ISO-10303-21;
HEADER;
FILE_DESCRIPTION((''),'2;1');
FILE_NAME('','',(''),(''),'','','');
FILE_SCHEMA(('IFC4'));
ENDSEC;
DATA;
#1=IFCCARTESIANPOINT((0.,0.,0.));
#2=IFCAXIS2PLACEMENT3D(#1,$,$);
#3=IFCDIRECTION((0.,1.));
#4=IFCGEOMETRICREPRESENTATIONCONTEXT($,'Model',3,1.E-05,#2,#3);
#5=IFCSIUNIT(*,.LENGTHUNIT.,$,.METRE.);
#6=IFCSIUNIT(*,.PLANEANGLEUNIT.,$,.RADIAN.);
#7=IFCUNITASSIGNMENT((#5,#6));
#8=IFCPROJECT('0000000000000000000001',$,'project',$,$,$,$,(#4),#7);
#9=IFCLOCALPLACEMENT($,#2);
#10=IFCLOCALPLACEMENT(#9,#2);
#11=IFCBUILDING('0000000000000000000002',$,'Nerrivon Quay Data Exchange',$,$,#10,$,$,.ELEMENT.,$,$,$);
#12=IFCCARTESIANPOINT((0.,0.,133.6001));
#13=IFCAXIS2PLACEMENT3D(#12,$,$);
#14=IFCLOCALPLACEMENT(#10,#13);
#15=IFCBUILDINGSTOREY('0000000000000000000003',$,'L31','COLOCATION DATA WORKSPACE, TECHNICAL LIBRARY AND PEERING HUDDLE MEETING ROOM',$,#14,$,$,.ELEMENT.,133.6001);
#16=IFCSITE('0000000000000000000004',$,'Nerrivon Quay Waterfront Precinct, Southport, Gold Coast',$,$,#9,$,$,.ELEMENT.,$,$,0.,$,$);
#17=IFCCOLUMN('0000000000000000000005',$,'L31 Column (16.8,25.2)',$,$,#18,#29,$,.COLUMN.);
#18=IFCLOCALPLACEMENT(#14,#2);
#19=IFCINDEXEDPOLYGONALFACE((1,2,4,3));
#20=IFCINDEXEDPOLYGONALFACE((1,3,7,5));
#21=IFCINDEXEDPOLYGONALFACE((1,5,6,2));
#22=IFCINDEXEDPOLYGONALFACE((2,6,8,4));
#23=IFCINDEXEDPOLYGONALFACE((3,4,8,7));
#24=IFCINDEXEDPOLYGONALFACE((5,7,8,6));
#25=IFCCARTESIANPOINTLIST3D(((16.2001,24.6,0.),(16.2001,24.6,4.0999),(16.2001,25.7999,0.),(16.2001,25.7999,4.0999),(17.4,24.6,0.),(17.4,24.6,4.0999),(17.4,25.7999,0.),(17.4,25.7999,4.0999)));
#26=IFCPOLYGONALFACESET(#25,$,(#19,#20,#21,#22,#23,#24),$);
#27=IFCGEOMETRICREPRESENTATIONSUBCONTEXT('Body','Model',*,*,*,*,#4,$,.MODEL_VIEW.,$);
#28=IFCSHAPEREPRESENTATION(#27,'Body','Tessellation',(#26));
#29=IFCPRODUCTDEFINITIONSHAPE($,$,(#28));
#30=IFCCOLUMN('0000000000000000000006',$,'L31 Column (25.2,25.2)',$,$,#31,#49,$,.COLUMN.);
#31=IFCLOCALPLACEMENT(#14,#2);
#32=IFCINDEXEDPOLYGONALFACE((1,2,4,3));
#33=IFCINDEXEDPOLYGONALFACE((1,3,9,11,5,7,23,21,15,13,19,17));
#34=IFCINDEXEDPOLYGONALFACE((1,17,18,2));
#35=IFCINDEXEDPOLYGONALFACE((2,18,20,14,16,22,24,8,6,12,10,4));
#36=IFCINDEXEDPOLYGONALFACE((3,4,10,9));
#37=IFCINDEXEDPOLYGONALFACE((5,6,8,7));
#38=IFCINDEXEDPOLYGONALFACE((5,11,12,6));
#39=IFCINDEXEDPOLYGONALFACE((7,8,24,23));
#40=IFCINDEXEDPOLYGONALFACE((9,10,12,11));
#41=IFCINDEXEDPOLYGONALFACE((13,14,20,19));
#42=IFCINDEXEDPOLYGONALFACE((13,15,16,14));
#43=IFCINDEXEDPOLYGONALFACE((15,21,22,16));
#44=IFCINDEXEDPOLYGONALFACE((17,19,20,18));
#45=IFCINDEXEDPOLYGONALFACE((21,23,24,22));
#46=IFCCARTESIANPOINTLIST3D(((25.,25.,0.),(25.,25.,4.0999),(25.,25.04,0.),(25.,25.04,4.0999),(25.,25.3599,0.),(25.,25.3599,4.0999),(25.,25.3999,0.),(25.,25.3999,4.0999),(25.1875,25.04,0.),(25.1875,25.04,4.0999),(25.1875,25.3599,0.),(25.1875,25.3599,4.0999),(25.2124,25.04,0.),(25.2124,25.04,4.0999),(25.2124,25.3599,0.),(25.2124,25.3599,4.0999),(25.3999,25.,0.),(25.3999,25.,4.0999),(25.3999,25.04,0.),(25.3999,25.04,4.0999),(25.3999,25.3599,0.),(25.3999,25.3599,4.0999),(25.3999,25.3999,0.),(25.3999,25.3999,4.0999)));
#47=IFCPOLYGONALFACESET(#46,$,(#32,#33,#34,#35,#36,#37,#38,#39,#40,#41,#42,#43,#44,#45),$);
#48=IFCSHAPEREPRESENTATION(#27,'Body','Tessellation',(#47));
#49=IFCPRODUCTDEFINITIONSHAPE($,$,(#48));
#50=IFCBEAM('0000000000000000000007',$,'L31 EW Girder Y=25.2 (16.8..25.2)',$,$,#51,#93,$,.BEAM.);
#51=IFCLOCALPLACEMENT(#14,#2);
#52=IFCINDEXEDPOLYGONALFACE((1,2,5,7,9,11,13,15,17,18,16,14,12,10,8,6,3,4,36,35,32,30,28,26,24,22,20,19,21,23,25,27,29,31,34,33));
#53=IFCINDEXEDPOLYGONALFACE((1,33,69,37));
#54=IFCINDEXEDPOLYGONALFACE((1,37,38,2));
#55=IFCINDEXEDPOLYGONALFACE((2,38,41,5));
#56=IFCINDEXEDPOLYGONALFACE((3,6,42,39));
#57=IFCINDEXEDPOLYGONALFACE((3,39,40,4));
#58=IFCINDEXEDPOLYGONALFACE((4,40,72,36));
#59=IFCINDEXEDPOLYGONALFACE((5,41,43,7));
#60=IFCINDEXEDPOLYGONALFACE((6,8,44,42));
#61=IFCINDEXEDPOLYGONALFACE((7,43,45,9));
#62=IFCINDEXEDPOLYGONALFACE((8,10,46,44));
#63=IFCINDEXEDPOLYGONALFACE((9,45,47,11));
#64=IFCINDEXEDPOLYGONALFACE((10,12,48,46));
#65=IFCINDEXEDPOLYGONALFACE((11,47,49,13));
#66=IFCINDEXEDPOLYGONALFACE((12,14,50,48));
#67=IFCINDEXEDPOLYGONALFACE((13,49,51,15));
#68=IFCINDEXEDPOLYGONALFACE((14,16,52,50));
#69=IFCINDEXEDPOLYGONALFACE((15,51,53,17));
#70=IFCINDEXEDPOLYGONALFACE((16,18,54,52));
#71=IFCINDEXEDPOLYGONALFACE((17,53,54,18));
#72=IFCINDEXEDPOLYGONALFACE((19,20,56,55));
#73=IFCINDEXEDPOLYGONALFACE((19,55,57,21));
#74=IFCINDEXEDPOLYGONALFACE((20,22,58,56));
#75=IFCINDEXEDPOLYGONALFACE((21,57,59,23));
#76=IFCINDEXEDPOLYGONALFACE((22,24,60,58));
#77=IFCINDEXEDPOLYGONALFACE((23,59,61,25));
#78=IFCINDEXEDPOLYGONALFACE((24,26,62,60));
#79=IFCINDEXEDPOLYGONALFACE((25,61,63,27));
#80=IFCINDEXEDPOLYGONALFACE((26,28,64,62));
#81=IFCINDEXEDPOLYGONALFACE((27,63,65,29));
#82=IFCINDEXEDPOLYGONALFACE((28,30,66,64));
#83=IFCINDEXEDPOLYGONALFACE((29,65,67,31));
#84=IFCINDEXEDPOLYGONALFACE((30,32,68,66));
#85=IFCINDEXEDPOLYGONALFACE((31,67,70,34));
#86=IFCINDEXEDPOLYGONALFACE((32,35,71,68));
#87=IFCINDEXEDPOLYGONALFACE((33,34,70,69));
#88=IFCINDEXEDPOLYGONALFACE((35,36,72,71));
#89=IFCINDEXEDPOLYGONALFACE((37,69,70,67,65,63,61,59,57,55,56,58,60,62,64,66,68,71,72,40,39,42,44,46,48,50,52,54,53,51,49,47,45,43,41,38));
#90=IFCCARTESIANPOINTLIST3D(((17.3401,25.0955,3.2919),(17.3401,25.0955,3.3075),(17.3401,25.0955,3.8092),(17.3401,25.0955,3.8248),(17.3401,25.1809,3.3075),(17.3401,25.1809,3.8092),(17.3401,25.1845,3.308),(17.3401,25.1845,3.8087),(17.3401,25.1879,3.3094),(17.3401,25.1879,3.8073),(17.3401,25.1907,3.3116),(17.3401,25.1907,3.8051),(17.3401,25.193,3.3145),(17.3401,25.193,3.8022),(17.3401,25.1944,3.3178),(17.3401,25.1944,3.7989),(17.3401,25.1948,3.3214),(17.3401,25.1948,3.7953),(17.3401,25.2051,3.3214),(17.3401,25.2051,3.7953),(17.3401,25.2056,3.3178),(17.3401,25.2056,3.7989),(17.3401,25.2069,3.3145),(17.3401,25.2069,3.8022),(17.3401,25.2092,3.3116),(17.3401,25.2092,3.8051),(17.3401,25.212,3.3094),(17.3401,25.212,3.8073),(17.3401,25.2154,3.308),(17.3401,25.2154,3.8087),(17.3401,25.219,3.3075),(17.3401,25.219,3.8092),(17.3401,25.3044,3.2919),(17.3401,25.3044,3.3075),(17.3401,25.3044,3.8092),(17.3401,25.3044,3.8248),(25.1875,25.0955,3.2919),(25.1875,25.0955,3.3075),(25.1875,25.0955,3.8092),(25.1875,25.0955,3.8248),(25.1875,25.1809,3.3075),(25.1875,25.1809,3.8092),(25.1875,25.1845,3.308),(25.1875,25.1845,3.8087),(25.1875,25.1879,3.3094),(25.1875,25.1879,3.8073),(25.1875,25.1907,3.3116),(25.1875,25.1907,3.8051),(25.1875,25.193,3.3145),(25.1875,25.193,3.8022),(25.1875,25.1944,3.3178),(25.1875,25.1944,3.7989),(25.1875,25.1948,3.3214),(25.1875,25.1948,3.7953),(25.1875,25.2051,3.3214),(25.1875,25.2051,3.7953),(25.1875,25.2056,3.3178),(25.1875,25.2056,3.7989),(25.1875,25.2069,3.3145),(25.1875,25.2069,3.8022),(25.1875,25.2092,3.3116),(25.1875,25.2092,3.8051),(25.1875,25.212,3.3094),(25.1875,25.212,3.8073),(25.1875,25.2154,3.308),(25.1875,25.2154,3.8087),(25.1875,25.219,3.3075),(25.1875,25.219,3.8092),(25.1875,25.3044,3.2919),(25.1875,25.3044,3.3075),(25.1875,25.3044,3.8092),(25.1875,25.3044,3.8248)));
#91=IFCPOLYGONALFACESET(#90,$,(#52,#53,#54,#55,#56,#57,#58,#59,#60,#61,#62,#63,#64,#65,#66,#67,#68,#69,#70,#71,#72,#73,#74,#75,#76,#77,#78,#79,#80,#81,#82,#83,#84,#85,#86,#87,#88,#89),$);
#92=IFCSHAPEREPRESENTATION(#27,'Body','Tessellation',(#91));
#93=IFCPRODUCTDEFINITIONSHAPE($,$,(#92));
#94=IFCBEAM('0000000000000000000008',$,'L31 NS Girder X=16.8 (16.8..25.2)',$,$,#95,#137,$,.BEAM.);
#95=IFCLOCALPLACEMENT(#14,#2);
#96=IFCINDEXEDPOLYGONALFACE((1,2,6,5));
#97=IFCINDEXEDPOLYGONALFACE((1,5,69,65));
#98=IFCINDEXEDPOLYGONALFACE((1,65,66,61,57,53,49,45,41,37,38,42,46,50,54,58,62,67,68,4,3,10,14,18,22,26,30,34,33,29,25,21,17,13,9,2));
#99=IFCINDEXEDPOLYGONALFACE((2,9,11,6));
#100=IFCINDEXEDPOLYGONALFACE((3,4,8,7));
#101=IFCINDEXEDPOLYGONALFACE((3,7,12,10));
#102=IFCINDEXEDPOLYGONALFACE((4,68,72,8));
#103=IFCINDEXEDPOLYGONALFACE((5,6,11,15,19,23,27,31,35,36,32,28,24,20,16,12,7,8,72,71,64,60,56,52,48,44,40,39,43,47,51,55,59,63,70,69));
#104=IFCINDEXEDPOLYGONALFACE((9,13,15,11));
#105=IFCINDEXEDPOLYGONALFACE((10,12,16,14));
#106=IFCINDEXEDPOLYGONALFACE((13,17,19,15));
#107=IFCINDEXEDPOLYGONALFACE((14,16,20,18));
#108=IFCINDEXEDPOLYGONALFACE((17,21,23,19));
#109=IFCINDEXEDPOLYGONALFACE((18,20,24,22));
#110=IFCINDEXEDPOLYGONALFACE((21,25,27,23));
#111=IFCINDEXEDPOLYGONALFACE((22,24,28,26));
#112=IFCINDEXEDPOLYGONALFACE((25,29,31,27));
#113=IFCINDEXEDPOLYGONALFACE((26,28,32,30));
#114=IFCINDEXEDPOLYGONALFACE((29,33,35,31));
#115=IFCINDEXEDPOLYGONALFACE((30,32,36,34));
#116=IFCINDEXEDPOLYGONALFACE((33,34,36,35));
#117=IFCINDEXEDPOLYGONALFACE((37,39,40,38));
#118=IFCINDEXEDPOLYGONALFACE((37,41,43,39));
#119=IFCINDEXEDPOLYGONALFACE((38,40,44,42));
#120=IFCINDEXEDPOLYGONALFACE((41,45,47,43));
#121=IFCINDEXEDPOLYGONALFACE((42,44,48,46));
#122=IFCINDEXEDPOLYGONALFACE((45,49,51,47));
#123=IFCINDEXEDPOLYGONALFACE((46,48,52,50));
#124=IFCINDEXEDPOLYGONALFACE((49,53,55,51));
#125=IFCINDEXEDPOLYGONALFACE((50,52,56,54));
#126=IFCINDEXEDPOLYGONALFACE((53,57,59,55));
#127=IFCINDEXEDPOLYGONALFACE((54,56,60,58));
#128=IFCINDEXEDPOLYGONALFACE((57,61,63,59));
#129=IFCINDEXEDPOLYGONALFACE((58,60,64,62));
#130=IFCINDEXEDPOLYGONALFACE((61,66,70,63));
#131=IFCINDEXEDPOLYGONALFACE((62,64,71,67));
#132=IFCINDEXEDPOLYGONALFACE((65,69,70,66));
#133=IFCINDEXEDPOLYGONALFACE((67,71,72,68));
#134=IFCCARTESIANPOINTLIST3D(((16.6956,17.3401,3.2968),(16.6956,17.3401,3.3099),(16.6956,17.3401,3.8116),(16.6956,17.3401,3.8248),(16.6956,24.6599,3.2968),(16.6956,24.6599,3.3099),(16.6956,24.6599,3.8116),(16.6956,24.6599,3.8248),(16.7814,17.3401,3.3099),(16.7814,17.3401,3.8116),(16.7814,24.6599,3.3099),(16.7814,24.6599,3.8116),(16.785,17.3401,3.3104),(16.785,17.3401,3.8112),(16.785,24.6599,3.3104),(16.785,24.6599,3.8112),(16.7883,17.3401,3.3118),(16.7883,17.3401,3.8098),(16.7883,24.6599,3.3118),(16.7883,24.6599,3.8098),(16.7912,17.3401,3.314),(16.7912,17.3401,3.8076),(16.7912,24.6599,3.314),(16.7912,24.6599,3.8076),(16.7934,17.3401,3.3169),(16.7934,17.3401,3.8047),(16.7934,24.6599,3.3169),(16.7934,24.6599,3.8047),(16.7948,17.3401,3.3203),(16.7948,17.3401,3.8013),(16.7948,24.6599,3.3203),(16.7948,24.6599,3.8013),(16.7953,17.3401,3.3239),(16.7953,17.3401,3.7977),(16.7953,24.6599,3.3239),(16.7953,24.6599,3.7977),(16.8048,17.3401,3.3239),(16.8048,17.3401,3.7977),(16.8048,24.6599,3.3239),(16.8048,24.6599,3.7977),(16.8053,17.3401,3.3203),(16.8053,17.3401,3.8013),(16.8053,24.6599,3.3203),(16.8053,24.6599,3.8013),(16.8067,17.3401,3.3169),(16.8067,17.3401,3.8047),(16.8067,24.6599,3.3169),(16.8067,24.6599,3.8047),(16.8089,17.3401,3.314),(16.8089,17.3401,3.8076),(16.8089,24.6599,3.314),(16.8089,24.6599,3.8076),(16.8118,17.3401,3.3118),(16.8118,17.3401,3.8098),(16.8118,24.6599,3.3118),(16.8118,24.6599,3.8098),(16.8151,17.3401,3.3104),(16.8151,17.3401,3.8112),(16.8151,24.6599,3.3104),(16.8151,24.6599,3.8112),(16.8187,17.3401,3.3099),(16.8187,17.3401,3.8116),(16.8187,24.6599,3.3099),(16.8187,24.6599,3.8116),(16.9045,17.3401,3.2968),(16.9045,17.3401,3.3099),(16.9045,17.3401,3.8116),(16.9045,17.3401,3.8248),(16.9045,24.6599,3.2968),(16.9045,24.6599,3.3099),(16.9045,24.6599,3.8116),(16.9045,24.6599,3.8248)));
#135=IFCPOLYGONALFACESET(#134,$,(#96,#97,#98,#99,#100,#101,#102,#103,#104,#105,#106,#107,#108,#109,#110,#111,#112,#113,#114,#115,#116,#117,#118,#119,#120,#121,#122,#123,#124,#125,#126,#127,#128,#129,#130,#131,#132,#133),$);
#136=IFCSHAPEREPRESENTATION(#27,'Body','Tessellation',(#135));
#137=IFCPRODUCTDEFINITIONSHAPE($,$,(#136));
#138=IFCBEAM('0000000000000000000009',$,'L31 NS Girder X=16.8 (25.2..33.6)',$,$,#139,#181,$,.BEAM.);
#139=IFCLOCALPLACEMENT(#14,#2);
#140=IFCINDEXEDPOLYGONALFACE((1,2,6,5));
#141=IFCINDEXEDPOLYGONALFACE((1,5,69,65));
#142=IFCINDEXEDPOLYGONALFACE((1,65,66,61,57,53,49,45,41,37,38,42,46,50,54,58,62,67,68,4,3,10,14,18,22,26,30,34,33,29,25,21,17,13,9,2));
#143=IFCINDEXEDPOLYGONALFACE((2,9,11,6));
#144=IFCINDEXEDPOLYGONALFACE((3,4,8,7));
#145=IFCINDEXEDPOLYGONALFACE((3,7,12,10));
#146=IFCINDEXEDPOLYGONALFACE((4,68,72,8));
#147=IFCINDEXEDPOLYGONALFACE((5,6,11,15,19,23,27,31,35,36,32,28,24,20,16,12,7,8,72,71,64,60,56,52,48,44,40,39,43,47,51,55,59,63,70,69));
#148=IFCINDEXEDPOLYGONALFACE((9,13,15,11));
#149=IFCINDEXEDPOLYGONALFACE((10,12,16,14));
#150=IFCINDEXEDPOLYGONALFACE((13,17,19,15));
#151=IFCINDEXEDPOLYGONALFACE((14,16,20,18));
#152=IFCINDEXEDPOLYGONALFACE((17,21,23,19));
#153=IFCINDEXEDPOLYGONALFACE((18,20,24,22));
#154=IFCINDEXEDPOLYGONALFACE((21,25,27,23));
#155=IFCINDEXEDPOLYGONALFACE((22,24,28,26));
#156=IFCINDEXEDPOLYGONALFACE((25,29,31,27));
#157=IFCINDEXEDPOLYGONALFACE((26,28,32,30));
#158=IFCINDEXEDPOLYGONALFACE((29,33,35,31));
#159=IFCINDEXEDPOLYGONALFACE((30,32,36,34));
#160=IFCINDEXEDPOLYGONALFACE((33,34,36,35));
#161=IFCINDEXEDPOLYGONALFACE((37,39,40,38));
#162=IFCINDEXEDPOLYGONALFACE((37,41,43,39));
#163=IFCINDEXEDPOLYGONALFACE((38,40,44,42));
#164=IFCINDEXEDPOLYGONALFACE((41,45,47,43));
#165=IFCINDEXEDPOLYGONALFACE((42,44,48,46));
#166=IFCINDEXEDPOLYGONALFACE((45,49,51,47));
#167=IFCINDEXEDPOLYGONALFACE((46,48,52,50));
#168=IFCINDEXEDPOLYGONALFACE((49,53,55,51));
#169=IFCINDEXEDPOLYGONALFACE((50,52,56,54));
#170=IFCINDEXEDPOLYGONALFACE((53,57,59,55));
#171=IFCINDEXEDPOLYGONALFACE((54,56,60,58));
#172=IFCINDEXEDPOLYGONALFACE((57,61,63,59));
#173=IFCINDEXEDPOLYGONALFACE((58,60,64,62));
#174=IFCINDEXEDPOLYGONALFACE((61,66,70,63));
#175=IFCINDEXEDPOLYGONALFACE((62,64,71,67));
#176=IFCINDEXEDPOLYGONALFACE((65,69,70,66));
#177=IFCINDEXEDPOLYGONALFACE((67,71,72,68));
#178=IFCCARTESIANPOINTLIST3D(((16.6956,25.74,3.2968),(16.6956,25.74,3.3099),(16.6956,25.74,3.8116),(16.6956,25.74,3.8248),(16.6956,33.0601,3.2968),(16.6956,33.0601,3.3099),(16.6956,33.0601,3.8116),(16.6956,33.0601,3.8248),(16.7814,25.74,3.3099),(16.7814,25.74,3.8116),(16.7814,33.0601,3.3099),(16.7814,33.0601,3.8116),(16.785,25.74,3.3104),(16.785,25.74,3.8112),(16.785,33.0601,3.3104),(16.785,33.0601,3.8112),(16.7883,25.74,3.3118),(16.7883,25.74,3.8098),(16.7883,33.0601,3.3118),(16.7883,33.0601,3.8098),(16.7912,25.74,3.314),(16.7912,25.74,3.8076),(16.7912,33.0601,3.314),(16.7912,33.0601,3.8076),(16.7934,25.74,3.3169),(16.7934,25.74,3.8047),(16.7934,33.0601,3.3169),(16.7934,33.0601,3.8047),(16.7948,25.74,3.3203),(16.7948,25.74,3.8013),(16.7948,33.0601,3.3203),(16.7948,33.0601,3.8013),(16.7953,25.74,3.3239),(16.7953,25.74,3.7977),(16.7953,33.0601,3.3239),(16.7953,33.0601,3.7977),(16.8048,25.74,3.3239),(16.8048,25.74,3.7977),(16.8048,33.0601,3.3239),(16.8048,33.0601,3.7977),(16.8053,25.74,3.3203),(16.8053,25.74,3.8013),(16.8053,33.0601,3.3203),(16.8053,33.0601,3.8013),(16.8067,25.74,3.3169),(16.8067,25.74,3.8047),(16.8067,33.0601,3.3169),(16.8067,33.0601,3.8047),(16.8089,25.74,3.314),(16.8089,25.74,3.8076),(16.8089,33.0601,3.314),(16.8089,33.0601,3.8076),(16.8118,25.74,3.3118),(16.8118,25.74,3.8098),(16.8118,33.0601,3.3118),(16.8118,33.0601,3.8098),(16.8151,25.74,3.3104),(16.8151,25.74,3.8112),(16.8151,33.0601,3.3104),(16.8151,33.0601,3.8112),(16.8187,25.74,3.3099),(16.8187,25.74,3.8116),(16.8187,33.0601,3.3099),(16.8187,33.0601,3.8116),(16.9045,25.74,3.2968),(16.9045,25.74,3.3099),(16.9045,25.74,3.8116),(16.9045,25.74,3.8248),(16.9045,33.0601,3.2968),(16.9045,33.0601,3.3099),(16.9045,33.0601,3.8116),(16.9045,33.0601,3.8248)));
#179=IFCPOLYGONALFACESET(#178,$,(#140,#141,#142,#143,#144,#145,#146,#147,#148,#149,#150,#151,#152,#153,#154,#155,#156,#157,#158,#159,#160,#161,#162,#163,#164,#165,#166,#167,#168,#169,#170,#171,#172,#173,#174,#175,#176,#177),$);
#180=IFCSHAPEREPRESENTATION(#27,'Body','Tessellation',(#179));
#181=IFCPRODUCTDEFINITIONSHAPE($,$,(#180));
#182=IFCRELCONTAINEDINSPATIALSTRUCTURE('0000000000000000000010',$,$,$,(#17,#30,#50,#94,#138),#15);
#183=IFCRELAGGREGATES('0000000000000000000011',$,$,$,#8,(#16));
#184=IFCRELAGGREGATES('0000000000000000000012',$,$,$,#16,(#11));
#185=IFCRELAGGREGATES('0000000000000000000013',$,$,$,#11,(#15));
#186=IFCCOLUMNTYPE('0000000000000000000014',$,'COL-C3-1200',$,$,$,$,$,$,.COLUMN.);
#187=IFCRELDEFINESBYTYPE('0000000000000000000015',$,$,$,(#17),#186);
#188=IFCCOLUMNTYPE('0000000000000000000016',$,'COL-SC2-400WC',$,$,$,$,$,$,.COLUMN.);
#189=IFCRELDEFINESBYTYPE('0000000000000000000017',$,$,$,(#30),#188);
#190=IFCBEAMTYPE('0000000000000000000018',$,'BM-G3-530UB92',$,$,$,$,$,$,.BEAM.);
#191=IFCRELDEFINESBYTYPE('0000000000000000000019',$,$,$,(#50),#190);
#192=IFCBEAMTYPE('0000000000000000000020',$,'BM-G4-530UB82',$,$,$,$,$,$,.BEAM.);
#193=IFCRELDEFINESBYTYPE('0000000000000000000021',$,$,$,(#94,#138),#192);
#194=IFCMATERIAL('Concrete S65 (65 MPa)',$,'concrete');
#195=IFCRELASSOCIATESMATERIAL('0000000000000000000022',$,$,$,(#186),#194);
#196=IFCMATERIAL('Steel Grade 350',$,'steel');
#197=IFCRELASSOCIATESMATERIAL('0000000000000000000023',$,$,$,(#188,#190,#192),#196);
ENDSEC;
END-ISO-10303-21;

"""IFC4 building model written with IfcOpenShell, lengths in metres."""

from ifc_helpers import new_model, si_unit, direction, frame, origin, origin_2d, place, context, subcontext, project, spatial, rectangle, i_section, extrude, material, material_profile, profile_set, type_object, element, save


model = new_model("IFC4")

# Units and contexts
model_context = context("Model", 3, precision=1e-05, world=origin(), true_north=direction((0.0, 1.0)))
body_context = subcontext(model_context, "Body", "Model", "MODEL_VIEW")
ifc_project = project(units=[si_unit("LENGTHUNIT", "METRE"), si_unit("PLANEANGLEUNIT", "RADIAN")], contexts=[model_context])

# Site, building, storey
site_placement = place(None, origin())
site = spatial("IfcSite", under=ifc_project, at=site_placement, Name="Nerrivon Quay Waterfront Precinct, Southport, Gold Coast", CompositionType="ELEMENT", RefElevation=0.0)
building_placement = place(site_placement, origin())
building = spatial("IfcBuilding", under=site, at=building_placement, Name="Nerrivon Quay Data Exchange", CompositionType="ELEMENT")
storey_placement = place(building_placement, frame((0.0, 0.0, 133.6001)))
storey = spatial("IfcBuildingStorey", under=building, at=storey_placement, Name="L31", Description="COLOCATION DATA WORKSPACE, TECHNICAL LIBRARY AND PEERING HUDDLE MEETING ROOM", CompositionType="ELEMENT", Elevation=133.6001)

# Columns
ifc_material_1 = material(Name="Concrete S65 (65 MPa)", Category="concrete")
ifc_material_profile_1 = material_profile(ifc_material_1, rectangle(XDim=1.2, YDim=1.2, at=origin_2d()), Name="RC-COL-1200x1200")
ifc_profile_set_1 = profile_set([ifc_material_profile_1], Name="Concrete S65 (65 MPa)")
column_type_1 = type_object("IfcColumnType", Name="COL-C3-1200", PredefinedType="COLUMN", material=ifc_profile_set_1)
column_1_placement = place(storey_placement, frame((16.8, 25.2, 0.0), z_axis=(0.0, 0.0, 1.0), x_axis=(1.0, 0.0, 0.0)))
element("IfcColumn", 1, at=column_1_placement, inside=storey, type_object=column_type_1, Name="L31 Column (16.8,25.2)", PredefinedType="COLUMN", context=body_context, shape_type="SweptSolid", body=[
    extrude(rectangle(XDim=1.2, YDim=1.2, at=origin_2d()), origin(), (0.0, 0.0, 1.0), 4.0999),
])
ifc_material_2 = material(Name="Steel Grade 350", Category="steel")
ifc_material_profile_2 = material_profile(ifc_material_2, i_section(OverallWidth=0.3999, OverallDepth=0.3999, WebThickness=0.0249, FlangeThickness=0.04, at=origin_2d()), Name="400WC328")
ifc_profile_set_2 = profile_set([ifc_material_profile_2], Name="Steel Grade 350")
column_type_2 = type_object("IfcColumnType", Name="COL-SC2-400WC", PredefinedType="COLUMN", material=ifc_profile_set_2)
column_2_placement = place(storey_placement, frame((25.2, 25.2, 0.0), z_axis=(0.0, 0.0, 1.0), x_axis=(1.0, 0.0, 0.0)))
element("IfcColumn", 2, at=column_2_placement, inside=storey, type_object=column_type_2, Name="L31 Column (25.2,25.2)", PredefinedType="COLUMN", context=body_context, shape_type="SweptSolid", body=[
    extrude(i_section(OverallWidth=0.3999, OverallDepth=0.3999, WebThickness=0.0249, FlangeThickness=0.04, at=origin_2d()), origin(), (0.0, 0.0, 1.0), 4.0999),
])

# Beams
ifc_material_profile_3 = material_profile(ifc_material_2, i_section(OverallWidth=0.209, OverallDepth=0.533, WebThickness=0.0103, FlangeThickness=0.0156, FilletRadius=0.0139, at=origin_2d()), Name="530UB92.4")
ifc_profile_set_3 = profile_set([ifc_material_profile_3], Name="Steel Grade 350")
beam_type_1 = type_object("IfcBeamType", Name="BM-G3-530UB92", PredefinedType="BEAM", material=ifc_profile_set_3)
beam_1_placement = place(storey_placement, frame((17.3401, 25.2, 3.5583), z_axis=(1.0, 0.0, 0.0), x_axis=(0.0, 1.0, 0.0)))
element("IfcBeam", 3, at=beam_1_placement, inside=storey, type_object=beam_type_1, Name="L31 EW Girder Y=25.2 (16.8..25.2)", PredefinedType="BEAM", context=body_context, shape_type="SweptSolid", body=[
    extrude(i_section(OverallWidth=0.209, OverallDepth=0.533, WebThickness=0.0103, FlangeThickness=0.0156, FilletRadius=0.0139, at=origin_2d()), origin(), (0.0, 0.0, 1.0), 7.8474),
])
ifc_material_profile_4 = material_profile(ifc_material_2, i_section(OverallWidth=0.209, OverallDepth=0.5281, WebThickness=0.0095, FlangeThickness=0.0132, FilletRadius=0.0139, at=origin_2d()), Name="530UB82.0")
ifc_profile_set_4 = profile_set([ifc_material_profile_4], Name="Steel Grade 350")
beam_type_2 = type_object("IfcBeamType", Name="BM-G4-530UB82", PredefinedType="BEAM", material=ifc_profile_set_4)
beam_2_placement = place(storey_placement, frame((16.8, 17.3401, 3.5608), z_axis=(0.0, 1.0, 0.0), x_axis=(-1.0, 0.0, 0.0)))
element("IfcBeam", 4, at=beam_2_placement, inside=storey, type_object=beam_type_2, Name="L31 NS Girder X=16.8 (16.8..25.2)", PredefinedType="BEAM", context=body_context, shape_type="SweptSolid", body=[
    extrude(i_section(OverallWidth=0.209, OverallDepth=0.5281, WebThickness=0.0095, FlangeThickness=0.0132, FilletRadius=0.0139, at=origin_2d()), origin(), (0.0, 0.0, 1.0), 7.3198),
])
beam_3_placement = place(storey_placement, frame((16.8, 25.74, 3.5608), z_axis=(0.0, 1.0, 0.0), x_axis=(-1.0, 0.0, 0.0)))
element("IfcBeam", 5, at=beam_3_placement, inside=storey, type_object=beam_type_2, Name="L31 NS Girder X=16.8 (25.2..33.6)", PredefinedType="BEAM", context=body_context, shape_type="SweptSolid", body=[
    extrude(i_section(OverallWidth=0.209, OverallDepth=0.5281, WebThickness=0.0095, FlangeThickness=0.0132, FilletRadius=0.0139, at=origin_2d()), origin(), (0.0, 0.0, 1.0), 7.3201),
])

save(model, "model.ifc")
